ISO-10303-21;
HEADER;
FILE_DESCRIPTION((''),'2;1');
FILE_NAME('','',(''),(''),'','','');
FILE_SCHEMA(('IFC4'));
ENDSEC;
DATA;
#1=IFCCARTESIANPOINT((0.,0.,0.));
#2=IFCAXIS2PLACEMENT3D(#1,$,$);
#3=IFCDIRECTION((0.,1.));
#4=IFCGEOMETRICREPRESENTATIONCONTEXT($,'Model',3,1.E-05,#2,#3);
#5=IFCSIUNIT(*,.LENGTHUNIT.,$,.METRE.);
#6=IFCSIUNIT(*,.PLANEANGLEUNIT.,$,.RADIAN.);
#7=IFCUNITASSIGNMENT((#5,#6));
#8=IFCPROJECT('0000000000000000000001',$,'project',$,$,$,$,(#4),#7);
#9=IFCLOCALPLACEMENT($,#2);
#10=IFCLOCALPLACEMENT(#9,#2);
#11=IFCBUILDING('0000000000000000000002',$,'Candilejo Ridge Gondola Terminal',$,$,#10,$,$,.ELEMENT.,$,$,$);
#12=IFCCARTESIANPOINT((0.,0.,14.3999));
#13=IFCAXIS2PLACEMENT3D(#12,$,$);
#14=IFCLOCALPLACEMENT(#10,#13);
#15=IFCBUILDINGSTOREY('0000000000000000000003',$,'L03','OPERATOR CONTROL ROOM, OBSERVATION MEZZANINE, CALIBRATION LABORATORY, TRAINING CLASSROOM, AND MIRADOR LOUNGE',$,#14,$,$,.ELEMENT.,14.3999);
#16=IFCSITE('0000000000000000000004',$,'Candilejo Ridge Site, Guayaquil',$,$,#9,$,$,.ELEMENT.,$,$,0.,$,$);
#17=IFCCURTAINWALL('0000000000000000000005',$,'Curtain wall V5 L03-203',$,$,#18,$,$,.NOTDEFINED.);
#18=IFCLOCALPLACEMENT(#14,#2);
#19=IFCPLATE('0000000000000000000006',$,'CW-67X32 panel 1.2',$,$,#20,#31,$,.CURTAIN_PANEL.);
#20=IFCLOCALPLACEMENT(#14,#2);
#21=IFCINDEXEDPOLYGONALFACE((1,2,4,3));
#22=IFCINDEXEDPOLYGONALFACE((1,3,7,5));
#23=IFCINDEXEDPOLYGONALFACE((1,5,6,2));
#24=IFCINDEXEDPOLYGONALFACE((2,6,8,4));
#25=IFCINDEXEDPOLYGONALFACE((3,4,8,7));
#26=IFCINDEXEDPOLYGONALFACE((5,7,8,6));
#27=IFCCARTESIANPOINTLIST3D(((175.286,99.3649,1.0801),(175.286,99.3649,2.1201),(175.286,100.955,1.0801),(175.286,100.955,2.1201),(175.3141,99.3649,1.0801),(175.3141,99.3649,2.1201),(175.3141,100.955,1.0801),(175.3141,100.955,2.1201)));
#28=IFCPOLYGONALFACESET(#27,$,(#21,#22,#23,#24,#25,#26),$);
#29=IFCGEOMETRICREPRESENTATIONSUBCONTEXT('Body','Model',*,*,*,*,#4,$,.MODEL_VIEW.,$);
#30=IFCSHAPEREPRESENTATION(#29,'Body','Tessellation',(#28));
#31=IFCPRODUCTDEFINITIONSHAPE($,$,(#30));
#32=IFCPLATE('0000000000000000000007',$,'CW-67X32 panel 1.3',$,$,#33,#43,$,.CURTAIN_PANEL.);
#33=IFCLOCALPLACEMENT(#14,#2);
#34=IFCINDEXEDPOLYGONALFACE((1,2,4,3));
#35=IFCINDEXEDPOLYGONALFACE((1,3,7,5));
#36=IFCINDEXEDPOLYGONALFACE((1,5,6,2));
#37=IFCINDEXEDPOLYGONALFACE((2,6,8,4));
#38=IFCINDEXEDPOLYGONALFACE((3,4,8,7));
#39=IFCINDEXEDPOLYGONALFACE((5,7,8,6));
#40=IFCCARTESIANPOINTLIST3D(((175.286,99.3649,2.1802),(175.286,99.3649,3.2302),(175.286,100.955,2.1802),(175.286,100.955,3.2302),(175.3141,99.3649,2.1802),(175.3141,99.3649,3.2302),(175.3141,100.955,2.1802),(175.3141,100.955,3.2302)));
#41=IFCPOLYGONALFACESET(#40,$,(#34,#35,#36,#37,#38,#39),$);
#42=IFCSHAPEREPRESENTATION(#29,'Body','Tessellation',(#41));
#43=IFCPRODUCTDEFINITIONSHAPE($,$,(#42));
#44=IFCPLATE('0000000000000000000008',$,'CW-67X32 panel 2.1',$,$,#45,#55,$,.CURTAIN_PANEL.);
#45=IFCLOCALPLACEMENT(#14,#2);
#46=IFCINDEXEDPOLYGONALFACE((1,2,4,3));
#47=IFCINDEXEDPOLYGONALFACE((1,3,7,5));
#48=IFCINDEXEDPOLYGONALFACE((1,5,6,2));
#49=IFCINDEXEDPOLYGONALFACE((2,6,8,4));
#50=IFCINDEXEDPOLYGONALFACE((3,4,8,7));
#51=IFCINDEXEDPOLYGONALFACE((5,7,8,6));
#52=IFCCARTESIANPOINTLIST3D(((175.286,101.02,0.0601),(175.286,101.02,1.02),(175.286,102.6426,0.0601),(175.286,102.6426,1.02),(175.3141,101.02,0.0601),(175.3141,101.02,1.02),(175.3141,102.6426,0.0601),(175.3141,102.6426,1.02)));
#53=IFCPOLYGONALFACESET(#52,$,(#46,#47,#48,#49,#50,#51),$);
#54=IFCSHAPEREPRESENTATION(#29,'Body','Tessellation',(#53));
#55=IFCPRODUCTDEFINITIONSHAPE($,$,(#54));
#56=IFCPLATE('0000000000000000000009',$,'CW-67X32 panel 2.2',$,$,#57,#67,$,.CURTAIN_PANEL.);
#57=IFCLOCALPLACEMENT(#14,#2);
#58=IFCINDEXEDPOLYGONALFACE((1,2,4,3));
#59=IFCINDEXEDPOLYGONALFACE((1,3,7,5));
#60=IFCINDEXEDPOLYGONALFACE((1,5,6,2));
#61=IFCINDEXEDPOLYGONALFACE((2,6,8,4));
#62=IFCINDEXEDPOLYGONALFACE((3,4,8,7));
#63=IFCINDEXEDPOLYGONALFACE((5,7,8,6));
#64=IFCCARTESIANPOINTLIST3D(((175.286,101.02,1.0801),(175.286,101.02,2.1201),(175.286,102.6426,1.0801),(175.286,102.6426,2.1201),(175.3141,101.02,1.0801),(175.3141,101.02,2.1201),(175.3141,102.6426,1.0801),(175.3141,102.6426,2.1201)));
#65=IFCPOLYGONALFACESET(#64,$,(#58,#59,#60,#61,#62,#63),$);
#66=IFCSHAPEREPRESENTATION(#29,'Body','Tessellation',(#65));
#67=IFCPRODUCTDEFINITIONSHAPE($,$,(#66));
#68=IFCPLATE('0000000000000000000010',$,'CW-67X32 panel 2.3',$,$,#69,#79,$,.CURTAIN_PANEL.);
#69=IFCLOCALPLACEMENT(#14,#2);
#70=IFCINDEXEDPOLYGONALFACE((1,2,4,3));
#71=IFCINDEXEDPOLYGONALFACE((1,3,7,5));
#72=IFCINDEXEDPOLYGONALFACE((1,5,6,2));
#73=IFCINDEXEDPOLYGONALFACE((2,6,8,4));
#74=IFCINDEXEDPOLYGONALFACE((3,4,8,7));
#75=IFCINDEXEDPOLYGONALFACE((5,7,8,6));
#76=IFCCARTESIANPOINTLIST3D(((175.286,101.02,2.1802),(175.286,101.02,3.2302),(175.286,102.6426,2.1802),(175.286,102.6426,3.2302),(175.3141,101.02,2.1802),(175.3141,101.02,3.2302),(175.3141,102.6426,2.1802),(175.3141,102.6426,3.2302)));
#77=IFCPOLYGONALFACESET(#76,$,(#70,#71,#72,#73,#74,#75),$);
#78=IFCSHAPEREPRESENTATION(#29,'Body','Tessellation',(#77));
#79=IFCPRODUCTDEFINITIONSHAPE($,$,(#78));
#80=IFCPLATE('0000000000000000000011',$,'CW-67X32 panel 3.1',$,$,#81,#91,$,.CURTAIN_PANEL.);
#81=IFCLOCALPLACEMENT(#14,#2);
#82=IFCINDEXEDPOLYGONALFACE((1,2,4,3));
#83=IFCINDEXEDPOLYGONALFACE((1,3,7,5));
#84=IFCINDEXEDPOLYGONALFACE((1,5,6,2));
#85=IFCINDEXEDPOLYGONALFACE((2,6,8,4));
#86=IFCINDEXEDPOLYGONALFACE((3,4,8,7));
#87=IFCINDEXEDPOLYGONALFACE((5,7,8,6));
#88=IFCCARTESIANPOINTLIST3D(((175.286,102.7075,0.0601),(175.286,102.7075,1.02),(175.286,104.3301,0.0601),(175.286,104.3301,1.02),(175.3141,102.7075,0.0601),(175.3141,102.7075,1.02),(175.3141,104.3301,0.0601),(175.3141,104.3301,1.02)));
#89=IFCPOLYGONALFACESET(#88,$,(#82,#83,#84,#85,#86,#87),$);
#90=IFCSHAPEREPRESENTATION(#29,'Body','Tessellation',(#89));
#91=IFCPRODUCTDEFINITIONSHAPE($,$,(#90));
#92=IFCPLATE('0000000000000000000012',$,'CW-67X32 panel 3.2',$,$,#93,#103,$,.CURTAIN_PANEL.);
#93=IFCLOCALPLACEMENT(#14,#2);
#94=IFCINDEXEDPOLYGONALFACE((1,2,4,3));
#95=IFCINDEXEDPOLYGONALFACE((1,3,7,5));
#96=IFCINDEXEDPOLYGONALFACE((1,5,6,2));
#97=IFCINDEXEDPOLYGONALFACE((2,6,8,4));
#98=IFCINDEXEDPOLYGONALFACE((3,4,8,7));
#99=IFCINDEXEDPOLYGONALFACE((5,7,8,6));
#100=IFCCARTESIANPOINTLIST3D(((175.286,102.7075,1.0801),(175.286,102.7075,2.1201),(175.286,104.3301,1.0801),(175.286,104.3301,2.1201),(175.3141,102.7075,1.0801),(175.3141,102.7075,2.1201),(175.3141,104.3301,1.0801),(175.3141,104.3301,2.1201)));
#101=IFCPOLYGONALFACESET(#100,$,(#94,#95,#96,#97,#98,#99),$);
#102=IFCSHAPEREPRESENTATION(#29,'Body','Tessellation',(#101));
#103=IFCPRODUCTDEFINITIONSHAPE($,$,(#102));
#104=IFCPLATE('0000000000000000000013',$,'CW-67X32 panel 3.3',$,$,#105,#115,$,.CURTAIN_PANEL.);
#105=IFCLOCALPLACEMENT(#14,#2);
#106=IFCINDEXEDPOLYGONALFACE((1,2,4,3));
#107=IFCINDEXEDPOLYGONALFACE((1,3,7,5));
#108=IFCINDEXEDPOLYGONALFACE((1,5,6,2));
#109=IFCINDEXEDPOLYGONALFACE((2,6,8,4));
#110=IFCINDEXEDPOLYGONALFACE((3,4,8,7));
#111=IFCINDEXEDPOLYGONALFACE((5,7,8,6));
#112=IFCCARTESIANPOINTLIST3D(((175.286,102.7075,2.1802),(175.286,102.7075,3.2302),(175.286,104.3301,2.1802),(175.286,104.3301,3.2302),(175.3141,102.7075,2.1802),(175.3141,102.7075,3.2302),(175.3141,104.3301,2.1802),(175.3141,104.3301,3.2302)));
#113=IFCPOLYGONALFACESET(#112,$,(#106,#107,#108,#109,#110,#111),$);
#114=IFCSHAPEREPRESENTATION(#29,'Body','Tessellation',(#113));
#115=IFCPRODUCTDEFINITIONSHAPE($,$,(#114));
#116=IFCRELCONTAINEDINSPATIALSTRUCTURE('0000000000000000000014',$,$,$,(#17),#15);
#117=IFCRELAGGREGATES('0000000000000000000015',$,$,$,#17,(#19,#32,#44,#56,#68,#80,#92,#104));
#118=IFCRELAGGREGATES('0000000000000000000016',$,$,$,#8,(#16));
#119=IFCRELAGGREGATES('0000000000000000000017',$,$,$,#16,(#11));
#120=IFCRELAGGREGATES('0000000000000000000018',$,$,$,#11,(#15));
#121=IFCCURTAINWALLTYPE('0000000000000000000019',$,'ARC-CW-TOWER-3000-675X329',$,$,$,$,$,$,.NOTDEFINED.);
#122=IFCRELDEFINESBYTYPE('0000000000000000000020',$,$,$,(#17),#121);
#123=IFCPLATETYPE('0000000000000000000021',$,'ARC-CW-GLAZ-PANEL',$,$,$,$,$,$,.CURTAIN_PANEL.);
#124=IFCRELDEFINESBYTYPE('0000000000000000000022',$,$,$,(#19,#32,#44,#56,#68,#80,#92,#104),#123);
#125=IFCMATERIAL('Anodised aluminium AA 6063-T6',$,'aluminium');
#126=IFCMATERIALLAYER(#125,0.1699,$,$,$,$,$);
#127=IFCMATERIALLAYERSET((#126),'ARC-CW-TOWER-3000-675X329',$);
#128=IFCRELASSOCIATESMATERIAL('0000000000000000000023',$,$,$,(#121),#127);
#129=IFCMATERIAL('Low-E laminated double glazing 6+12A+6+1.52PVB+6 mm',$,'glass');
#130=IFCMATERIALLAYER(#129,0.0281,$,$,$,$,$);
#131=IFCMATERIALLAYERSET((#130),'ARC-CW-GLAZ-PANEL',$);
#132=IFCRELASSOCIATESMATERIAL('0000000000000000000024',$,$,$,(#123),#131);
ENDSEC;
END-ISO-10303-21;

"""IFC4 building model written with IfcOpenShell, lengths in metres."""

from ifc_helpers import new_model, si_unit, direction, frame, origin, origin_2d, place, context, subcontext, project, spatial, rectangle, extrude, material, layer, layer_set, type_object, element, aggregate, save


model = new_model("IFC4")

# Units and contexts
model_context = context("Model", 3, precision=1e-05, world=origin(), true_north=direction((0.0, 1.0)))
body_context = subcontext(model_context, "Body", "Model", "MODEL_VIEW")
ifc_project = project(units=[si_unit("LENGTHUNIT", "METRE"), si_unit("PLANEANGLEUNIT", "RADIAN")], contexts=[model_context])

# Site, building, storey
site_placement = place(None, origin())
site = spatial("IfcSite", under=ifc_project, at=site_placement, Name="Candilejo Ridge Site, Guayaquil", CompositionType="ELEMENT", RefElevation=0.0)
building_placement = place(site_placement, origin())
building = spatial("IfcBuilding", under=site, at=building_placement, Name="Candilejo Ridge Gondola Terminal", CompositionType="ELEMENT")
storey_placement = place(building_placement, frame((0.0, 0.0, 14.3999)))
storey = spatial("IfcBuildingStorey", under=building, at=storey_placement, Name="L03", Description="OPERATOR CONTROL ROOM, OBSERVATION MEZZANINE, CALIBRATION LABORATORY, TRAINING CLASSROOM, AND MIRADOR LOUNGE", CompositionType="ELEMENT", Elevation=14.3999)

# Curtain wall, plates
ifc_material_1 = material(Name="Anodised aluminium AA 6063-T6", Category="aluminium")
ifc_layer_1 = layer(ifc_material_1, 0.1699)
ifc_layer_set_1 = layer_set([ifc_layer_1], Name="ARC-CW-TOWER-3000-675X329")
curtain_wall_type = type_object("IfcCurtainWallType", Name="ARC-CW-TOWER-3000-675X329", PredefinedType="NOTDEFINED", material=ifc_layer_set_1)
curtain_wall_placement = place(storey_placement, origin())
curtain_wall = element("IfcCurtainWall", 1, at=curtain_wall_placement, inside=storey, type_object=curtain_wall_type, Name="Curtain wall V5 L03-203", PredefinedType="NOTDEFINED")
ifc_material_2 = material(Name="Low-E laminated double glazing 6+12A+6+1.52PVB+6 mm", Category="glass")
ifc_layer_2 = layer(ifc_material_2, 0.0281)
ifc_layer_set_2 = layer_set([ifc_layer_2], Name="ARC-CW-GLAZ-PANEL")
plate_type = type_object("IfcPlateType", Name="ARC-CW-GLAZ-PANEL", PredefinedType="CURTAIN_PANEL", material=ifc_layer_set_2)
plate_1_placement = place(storey_placement, frame((175.3, 100.1599, 1.0801), z_axis=(0.0, 0.0, 1.0), x_axis=(0.0, 1.0, 0.0)))
plate_1 = element("IfcPlate", 2, at=plate_1_placement, type_object=plate_type, Name="CW-67X32 panel 1.2", PredefinedType="CURTAIN_PANEL", context=body_context, shape_type="SweptSolid", body=[
    extrude(rectangle(XDim=1.5901, YDim=0.0281, at=origin_2d()), origin(), (0.0, 0.0, 1.0), 1.04),
])
plate_2_placement = place(storey_placement, frame((175.3, 100.1599, 2.1802), z_axis=(0.0, 0.0, 1.0), x_axis=(0.0, 1.0, 0.0)))
plate_2 = element("IfcPlate", 3, at=plate_2_placement, type_object=plate_type, Name="CW-67X32 panel 1.3", PredefinedType="CURTAIN_PANEL", context=body_context, shape_type="SweptSolid", body=[
    extrude(rectangle(XDim=1.5901, YDim=0.0281, at=origin_2d()), origin(), (0.0, 0.0, 1.0), 1.05),
])
plate_3_placement = place(storey_placement, frame((175.3, 101.8313, 0.0601), z_axis=(0.0, 0.0, 1.0), x_axis=(0.0, 1.0, 0.0)))
plate_3 = element("IfcPlate", 4, at=plate_3_placement, type_object=plate_type, Name="CW-67X32 panel 2.1", PredefinedType="CURTAIN_PANEL", context=body_context, shape_type="SweptSolid", body=[
    extrude(rectangle(XDim=1.6226, YDim=0.0281, at=origin_2d()), origin(), (0.0, 0.0, 1.0), 0.96),
])
plate_4_placement = place(storey_placement, frame((175.3, 101.8313, 1.0801), z_axis=(0.0, 0.0, 1.0), x_axis=(0.0, 1.0, 0.0)))
plate_4 = element("IfcPlate", 5, at=plate_4_placement, type_object=plate_type, Name="CW-67X32 panel 2.2", PredefinedType="CURTAIN_PANEL", context=body_context, shape_type="SweptSolid", body=[
    extrude(rectangle(XDim=1.6226, YDim=0.0281, at=origin_2d()), origin(), (0.0, 0.0, 1.0), 1.04),
])
plate_5_placement = place(storey_placement, frame((175.3, 101.8313, 2.1802), z_axis=(0.0, 0.0, 1.0), x_axis=(0.0, 1.0, 0.0)))
plate_5 = element("IfcPlate", 6, at=plate_5_placement, type_object=plate_type, Name="CW-67X32 panel 2.3", PredefinedType="CURTAIN_PANEL", context=body_context, shape_type="SweptSolid", body=[
    extrude(rectangle(XDim=1.6226, YDim=0.0281, at=origin_2d()), origin(), (0.0, 0.0, 1.0), 1.05),
])
plate_6_placement = place(storey_placement, frame((175.3, 103.5188, 0.0601), z_axis=(0.0, 0.0, 1.0), x_axis=(0.0, 1.0, 0.0)))
plate_6 = element("IfcPlate", 7, at=plate_6_placement, type_object=plate_type, Name="CW-67X32 panel 3.1", PredefinedType="CURTAIN_PANEL", context=body_context, shape_type="SweptSolid", body=[
    extrude(rectangle(XDim=1.6226, YDim=0.0281, at=origin_2d()), origin(), (0.0, 0.0, 1.0), 0.96),
])
plate_7_placement = place(storey_placement, frame((175.3, 103.5188, 1.0801), z_axis=(0.0, 0.0, 1.0), x_axis=(0.0, 1.0, 0.0)))
plate_7 = element("IfcPlate", 8, at=plate_7_placement, type_object=plate_type, Name="CW-67X32 panel 3.2", PredefinedType="CURTAIN_PANEL", context=body_context, shape_type="SweptSolid", body=[
    extrude(rectangle(XDim=1.6226, YDim=0.0281, at=origin_2d()), origin(), (0.0, 0.0, 1.0), 1.04),
])
plate_8_placement = place(storey_placement, frame((175.3, 103.5188, 2.1802), z_axis=(0.0, 0.0, 1.0), x_axis=(0.0, 1.0, 0.0)))
plate_8 = element("IfcPlate", 9, at=plate_8_placement, type_object=plate_type, Name="CW-67X32 panel 3.3", PredefinedType="CURTAIN_PANEL", context=body_context, shape_type="SweptSolid", body=[
    extrude(rectangle(XDim=1.6226, YDim=0.0281, at=origin_2d()), origin(), (0.0, 0.0, 1.0), 1.05),
])
aggregate(curtain_wall, [plate_1, plate_2, plate_3, plate_4, plate_5, plate_6, plate_7, plate_8])

save(model, "model.ifc")
